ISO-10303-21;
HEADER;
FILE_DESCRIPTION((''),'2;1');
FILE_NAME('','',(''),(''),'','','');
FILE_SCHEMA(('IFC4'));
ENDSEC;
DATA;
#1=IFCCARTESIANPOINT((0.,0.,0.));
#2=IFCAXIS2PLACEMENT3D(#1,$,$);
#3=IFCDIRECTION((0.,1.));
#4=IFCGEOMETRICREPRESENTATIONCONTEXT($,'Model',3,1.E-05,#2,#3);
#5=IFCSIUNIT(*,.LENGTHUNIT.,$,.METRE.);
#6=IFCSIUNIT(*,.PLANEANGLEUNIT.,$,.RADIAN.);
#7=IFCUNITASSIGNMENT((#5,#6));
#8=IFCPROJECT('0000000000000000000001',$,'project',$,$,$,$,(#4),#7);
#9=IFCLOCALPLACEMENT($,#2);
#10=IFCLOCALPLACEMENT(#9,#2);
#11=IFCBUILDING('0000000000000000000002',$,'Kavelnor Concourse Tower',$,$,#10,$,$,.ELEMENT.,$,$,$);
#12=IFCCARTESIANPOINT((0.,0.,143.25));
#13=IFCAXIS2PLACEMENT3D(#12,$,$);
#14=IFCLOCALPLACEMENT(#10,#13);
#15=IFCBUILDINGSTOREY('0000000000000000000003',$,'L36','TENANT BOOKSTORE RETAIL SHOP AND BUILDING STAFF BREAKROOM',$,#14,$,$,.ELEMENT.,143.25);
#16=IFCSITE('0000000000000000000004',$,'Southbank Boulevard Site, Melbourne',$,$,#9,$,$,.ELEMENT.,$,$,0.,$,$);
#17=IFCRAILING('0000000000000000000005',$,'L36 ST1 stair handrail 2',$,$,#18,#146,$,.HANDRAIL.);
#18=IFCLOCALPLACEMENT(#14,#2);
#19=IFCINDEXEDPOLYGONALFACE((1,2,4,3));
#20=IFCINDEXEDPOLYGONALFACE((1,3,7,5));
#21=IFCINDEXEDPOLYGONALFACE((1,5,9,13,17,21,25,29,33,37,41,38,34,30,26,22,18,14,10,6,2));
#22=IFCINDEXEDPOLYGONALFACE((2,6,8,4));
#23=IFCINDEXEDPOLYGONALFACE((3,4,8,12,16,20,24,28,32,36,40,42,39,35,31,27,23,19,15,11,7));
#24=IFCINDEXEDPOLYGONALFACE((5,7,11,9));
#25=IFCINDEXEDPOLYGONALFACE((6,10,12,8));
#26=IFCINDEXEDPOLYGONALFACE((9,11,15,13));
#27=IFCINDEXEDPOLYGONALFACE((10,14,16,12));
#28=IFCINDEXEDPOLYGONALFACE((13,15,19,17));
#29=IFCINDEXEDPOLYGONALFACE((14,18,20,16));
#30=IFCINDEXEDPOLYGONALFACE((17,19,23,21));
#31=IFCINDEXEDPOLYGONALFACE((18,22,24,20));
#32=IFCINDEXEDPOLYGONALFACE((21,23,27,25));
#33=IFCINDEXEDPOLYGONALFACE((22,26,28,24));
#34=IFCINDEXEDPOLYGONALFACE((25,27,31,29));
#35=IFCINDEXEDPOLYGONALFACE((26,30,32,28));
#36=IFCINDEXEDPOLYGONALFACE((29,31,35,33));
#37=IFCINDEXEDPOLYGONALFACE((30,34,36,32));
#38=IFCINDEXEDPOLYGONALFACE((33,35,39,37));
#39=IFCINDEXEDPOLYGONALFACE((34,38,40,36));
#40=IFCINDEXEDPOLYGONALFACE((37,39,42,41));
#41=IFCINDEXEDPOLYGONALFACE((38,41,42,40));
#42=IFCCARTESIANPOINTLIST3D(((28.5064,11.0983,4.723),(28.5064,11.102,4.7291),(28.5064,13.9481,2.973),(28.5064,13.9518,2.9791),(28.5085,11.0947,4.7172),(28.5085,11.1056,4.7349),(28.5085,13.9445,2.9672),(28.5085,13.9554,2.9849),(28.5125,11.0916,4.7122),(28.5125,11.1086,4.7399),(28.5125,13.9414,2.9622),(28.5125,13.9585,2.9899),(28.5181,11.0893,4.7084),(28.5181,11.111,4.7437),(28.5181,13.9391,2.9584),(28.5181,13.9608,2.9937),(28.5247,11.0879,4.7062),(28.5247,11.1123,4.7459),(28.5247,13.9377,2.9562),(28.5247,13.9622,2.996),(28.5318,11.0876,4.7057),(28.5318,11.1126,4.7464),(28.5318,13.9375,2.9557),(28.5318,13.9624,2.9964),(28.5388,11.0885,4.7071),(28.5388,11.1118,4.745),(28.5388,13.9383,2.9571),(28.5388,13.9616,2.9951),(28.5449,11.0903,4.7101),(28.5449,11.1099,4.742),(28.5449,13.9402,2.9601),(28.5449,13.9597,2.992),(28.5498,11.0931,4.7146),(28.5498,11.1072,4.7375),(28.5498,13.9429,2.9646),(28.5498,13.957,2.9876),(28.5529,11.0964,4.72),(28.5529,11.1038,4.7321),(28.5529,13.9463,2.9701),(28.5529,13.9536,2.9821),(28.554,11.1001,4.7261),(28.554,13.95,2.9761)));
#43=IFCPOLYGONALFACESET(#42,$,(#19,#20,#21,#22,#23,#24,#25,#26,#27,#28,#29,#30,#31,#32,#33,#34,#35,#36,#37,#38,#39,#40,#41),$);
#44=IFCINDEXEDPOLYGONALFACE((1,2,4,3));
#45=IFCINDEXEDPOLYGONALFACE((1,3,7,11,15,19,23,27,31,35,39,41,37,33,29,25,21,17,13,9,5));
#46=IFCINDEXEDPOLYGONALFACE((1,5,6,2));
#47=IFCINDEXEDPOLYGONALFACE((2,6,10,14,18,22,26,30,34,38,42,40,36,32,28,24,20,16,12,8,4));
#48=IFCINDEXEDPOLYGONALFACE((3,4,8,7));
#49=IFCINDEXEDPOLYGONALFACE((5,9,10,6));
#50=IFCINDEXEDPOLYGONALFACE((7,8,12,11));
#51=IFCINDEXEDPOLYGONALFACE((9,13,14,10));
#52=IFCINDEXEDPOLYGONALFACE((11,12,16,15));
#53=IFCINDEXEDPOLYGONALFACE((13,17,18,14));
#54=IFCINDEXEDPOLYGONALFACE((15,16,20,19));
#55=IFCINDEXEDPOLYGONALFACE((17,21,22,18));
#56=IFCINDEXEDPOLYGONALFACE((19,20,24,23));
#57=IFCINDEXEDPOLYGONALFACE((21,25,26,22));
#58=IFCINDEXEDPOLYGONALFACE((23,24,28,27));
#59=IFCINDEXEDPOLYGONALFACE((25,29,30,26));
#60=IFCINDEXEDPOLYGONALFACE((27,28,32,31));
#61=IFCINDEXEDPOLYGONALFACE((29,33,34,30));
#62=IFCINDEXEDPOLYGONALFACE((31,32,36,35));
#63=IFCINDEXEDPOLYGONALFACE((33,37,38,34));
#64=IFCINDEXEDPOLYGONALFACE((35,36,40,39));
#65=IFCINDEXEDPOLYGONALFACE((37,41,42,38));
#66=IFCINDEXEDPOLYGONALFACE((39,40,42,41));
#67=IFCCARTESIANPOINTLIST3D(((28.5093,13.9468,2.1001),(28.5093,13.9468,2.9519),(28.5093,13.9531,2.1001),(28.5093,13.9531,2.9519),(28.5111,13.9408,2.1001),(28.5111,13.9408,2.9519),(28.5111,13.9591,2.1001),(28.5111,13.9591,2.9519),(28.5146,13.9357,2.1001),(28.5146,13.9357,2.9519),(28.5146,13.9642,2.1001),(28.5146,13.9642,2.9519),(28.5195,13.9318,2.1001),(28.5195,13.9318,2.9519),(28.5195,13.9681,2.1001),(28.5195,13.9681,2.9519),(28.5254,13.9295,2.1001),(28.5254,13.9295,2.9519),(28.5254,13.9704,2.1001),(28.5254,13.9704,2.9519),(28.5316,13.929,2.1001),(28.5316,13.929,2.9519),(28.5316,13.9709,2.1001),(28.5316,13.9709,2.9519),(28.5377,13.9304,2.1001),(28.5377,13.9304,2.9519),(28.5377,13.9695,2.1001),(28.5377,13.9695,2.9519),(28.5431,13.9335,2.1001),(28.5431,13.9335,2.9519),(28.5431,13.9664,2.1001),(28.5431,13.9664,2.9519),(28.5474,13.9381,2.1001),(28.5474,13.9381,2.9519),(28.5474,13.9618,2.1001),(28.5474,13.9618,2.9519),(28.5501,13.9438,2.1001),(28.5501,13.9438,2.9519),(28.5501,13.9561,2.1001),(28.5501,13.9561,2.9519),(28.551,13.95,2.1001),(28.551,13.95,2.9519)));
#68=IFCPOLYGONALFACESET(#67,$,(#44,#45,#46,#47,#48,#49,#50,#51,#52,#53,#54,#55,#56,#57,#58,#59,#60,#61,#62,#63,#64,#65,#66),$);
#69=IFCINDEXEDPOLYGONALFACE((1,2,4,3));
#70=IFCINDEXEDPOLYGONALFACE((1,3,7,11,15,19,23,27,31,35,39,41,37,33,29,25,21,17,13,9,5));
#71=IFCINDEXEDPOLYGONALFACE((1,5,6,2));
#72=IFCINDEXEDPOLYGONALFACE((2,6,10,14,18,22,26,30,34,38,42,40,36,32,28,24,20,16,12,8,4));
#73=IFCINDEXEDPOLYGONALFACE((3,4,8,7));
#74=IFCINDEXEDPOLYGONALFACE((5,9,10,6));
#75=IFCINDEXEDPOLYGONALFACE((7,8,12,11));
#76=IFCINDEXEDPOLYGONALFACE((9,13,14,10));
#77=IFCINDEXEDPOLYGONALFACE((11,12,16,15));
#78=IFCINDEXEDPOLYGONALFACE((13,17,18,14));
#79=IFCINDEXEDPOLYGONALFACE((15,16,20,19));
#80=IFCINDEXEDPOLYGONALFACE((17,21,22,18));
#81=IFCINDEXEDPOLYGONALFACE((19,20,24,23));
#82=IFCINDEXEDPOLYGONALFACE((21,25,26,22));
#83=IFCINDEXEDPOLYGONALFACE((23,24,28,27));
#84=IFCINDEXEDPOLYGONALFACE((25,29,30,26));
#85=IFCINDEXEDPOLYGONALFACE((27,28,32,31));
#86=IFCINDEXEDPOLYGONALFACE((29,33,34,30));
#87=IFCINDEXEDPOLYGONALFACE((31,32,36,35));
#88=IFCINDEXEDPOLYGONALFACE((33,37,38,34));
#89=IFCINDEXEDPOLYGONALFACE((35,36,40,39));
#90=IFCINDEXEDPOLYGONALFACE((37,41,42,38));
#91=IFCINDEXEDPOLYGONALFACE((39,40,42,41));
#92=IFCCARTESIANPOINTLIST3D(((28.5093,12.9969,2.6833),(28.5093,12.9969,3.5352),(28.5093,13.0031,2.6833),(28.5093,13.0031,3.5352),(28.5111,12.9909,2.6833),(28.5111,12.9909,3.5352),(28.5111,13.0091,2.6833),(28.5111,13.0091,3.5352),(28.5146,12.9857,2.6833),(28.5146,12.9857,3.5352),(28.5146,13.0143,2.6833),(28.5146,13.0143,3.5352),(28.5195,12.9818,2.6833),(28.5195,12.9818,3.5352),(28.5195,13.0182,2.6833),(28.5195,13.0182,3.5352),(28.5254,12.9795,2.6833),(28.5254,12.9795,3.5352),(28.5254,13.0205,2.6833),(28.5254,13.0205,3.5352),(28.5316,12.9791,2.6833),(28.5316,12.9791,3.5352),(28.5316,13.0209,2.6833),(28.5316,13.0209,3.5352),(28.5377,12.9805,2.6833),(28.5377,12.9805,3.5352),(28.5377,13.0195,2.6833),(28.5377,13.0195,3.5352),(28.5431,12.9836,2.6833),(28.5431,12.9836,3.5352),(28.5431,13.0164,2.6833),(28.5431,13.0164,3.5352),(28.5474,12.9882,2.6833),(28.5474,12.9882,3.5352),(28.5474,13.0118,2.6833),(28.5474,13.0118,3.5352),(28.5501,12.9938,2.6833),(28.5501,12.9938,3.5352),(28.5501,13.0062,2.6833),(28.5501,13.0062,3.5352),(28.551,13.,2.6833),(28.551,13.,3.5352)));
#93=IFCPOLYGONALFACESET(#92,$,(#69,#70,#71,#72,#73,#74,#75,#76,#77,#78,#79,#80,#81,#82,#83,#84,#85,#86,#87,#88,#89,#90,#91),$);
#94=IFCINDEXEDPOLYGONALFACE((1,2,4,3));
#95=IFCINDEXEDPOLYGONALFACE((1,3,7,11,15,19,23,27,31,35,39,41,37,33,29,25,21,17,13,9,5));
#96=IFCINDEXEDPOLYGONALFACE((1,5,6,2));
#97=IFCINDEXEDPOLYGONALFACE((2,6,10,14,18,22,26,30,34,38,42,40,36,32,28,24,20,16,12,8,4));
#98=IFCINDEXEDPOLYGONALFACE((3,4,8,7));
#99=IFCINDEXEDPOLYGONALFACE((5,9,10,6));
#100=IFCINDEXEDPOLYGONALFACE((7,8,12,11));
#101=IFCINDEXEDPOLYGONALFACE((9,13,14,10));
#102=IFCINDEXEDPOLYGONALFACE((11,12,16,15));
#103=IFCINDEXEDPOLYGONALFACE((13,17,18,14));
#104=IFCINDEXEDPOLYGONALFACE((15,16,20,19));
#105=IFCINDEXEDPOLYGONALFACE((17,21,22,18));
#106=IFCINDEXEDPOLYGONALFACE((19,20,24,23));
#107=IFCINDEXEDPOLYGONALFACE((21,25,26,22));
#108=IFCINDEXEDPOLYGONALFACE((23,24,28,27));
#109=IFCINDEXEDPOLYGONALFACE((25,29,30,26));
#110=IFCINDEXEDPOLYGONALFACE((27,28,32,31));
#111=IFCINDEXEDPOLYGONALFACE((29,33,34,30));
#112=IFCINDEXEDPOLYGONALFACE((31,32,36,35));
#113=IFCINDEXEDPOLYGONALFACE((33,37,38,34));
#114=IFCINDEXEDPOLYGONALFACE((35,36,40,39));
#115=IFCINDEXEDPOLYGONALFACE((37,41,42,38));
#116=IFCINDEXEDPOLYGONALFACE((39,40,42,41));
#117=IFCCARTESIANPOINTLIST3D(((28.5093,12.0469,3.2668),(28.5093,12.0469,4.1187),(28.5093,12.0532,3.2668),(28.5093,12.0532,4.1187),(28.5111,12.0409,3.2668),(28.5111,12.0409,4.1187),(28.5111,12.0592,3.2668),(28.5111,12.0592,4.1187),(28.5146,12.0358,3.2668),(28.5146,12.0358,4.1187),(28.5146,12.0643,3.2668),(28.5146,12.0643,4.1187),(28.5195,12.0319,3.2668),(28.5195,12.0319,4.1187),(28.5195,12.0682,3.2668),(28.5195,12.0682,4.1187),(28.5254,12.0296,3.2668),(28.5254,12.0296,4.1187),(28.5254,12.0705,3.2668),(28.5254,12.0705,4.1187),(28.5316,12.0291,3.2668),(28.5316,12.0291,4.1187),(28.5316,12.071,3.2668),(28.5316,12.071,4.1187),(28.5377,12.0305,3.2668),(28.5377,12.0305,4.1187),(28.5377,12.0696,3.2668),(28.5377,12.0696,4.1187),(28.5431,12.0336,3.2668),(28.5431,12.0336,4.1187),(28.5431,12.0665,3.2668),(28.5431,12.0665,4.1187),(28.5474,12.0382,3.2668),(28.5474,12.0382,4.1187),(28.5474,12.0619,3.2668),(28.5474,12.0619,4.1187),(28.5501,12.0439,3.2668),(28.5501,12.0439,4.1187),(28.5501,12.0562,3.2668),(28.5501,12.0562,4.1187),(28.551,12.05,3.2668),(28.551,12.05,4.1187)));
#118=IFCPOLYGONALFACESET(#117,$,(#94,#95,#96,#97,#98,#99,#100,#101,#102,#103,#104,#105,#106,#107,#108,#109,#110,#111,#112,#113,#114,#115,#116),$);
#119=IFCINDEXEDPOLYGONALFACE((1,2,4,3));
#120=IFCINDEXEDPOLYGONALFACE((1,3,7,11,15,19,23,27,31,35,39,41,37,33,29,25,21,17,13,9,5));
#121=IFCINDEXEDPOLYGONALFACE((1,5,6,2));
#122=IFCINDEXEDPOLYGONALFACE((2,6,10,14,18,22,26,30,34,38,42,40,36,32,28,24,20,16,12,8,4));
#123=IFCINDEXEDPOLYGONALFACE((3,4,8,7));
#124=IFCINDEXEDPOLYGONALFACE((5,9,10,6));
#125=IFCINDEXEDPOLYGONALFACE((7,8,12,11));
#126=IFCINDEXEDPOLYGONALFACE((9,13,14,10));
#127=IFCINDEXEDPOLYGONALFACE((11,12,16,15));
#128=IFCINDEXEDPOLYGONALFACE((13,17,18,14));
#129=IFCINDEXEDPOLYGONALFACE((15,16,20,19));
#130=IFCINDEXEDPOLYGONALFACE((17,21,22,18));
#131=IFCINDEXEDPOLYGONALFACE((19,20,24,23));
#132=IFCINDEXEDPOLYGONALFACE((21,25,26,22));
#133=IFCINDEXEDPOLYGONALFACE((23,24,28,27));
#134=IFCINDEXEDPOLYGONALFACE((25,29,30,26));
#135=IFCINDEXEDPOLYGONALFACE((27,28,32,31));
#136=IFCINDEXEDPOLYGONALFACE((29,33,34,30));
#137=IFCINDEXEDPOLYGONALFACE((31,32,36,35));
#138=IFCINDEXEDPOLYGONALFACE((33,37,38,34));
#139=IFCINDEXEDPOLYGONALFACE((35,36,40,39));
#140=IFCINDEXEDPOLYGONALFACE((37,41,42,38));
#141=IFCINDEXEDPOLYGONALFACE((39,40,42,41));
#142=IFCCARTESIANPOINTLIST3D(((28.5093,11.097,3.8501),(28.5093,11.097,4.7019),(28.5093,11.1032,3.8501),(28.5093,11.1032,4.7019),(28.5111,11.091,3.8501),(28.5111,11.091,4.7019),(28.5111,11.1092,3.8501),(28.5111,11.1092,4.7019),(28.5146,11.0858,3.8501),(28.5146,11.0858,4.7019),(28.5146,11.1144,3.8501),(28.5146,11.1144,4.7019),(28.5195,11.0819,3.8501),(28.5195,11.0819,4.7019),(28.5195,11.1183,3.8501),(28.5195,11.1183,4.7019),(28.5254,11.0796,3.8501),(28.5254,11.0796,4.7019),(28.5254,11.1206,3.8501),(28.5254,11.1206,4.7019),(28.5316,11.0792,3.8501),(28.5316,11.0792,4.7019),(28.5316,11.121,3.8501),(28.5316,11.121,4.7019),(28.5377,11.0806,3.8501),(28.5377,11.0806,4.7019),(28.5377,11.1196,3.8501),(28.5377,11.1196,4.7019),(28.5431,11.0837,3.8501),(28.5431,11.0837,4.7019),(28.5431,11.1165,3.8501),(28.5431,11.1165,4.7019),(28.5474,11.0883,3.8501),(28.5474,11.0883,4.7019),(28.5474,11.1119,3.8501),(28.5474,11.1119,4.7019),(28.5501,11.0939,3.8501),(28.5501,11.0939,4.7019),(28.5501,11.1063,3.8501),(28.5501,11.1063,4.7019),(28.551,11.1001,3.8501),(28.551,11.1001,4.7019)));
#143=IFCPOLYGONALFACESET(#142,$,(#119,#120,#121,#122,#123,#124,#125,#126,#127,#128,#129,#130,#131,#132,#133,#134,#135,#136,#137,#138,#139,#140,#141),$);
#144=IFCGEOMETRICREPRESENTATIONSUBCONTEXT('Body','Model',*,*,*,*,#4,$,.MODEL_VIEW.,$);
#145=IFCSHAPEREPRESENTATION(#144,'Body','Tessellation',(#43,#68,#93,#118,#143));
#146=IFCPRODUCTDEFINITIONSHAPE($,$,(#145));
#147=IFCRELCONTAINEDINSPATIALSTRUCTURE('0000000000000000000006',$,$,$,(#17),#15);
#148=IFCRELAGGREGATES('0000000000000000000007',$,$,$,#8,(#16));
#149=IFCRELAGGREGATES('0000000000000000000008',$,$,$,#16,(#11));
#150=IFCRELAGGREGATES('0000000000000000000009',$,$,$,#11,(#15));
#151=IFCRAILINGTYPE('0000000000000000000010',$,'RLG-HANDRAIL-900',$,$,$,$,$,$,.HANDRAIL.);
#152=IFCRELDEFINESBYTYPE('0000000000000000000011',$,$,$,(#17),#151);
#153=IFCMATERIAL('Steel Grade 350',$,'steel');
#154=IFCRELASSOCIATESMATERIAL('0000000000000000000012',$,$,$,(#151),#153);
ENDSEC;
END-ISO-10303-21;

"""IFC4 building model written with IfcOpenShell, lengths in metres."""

from ifc_helpers import new_model, si_unit, direction, frame, origin, origin_2d, place, context, subcontext, project, spatial, circle, extrude, material, type_object, element, save


model = new_model("IFC4")

# Units and contexts
model_context = context("Model", 3, precision=1e-05, world=origin(), true_north=direction((0.0, 1.0)))
body_context = subcontext(model_context, "Body", "Model", "MODEL_VIEW")
ifc_project = project(units=[si_unit("LENGTHUNIT", "METRE"), si_unit("PLANEANGLEUNIT", "RADIAN")], contexts=[model_context])

# Site, building, storey
site_placement = place(None, origin())
site = spatial("IfcSite", under=ifc_project, at=site_placement, Name="Southbank Boulevard Site, Melbourne", CompositionType="ELEMENT", RefElevation=0.0)
building_placement = place(site_placement, origin())
building = spatial("IfcBuilding", under=site, at=building_placement, Name="Kavelnor Concourse Tower", CompositionType="ELEMENT")
storey_placement = place(building_placement, frame((0.0, 0.0, 143.25)))
storey = spatial("IfcBuildingStorey", under=building, at=storey_placement, Name="L36", Description="TENANT BOOKSTORE RETAIL SHOP AND BUILDING STAFF BREAKROOM", CompositionType="ELEMENT", Elevation=143.25)

# Shared definitions
ifc_material_1 = material(Name="Steel Grade 350", Category="steel")

# Railing
railing_type_1 = type_object("IfcRailingType", Name="RLG-HANDRAIL-900", PredefinedType="HANDRAIL", material=ifc_material_1)
railing_1_placement = place(storey_placement, frame((28.53, 13.95, 2.1001)))
element("IfcRailing", 1, at=railing_1_placement, inside=storey, type_object=railing_type_1, Name="L36 ST1 stair handrail 2", PredefinedType="HANDRAIL", context=body_context, shape_type="SweptSolid", body=[
    extrude(circle(Radius=0.0239, at=origin_2d()), frame((0.0, 0.0, 0.876), z_axis=(0.0, -0.852159, 0.523283), x_axis=(1.0, 0.0, 0.0)), (0.0, 0.0, 1.0), 3.3442),
    extrude(circle(Radius=0.021, at=origin_2d()), origin(), (0.0, 0.0, 1.0), 0.8518),
    extrude(circle(Radius=0.021, at=origin_2d()), frame((0.0, -0.95, 0.5833)), (0.0, 0.0, 1.0), 0.8518),
    extrude(circle(Radius=0.021, at=origin_2d()), frame((0.0, -1.8999, 1.1667)), (0.0, 0.0, 1.0), 0.8518),
    extrude(circle(Radius=0.021, at=origin_2d()), frame((0.0, -2.8499, 1.75)), (0.0, 0.0, 1.0), 0.8518),
])

save(model, "model.ifc")
